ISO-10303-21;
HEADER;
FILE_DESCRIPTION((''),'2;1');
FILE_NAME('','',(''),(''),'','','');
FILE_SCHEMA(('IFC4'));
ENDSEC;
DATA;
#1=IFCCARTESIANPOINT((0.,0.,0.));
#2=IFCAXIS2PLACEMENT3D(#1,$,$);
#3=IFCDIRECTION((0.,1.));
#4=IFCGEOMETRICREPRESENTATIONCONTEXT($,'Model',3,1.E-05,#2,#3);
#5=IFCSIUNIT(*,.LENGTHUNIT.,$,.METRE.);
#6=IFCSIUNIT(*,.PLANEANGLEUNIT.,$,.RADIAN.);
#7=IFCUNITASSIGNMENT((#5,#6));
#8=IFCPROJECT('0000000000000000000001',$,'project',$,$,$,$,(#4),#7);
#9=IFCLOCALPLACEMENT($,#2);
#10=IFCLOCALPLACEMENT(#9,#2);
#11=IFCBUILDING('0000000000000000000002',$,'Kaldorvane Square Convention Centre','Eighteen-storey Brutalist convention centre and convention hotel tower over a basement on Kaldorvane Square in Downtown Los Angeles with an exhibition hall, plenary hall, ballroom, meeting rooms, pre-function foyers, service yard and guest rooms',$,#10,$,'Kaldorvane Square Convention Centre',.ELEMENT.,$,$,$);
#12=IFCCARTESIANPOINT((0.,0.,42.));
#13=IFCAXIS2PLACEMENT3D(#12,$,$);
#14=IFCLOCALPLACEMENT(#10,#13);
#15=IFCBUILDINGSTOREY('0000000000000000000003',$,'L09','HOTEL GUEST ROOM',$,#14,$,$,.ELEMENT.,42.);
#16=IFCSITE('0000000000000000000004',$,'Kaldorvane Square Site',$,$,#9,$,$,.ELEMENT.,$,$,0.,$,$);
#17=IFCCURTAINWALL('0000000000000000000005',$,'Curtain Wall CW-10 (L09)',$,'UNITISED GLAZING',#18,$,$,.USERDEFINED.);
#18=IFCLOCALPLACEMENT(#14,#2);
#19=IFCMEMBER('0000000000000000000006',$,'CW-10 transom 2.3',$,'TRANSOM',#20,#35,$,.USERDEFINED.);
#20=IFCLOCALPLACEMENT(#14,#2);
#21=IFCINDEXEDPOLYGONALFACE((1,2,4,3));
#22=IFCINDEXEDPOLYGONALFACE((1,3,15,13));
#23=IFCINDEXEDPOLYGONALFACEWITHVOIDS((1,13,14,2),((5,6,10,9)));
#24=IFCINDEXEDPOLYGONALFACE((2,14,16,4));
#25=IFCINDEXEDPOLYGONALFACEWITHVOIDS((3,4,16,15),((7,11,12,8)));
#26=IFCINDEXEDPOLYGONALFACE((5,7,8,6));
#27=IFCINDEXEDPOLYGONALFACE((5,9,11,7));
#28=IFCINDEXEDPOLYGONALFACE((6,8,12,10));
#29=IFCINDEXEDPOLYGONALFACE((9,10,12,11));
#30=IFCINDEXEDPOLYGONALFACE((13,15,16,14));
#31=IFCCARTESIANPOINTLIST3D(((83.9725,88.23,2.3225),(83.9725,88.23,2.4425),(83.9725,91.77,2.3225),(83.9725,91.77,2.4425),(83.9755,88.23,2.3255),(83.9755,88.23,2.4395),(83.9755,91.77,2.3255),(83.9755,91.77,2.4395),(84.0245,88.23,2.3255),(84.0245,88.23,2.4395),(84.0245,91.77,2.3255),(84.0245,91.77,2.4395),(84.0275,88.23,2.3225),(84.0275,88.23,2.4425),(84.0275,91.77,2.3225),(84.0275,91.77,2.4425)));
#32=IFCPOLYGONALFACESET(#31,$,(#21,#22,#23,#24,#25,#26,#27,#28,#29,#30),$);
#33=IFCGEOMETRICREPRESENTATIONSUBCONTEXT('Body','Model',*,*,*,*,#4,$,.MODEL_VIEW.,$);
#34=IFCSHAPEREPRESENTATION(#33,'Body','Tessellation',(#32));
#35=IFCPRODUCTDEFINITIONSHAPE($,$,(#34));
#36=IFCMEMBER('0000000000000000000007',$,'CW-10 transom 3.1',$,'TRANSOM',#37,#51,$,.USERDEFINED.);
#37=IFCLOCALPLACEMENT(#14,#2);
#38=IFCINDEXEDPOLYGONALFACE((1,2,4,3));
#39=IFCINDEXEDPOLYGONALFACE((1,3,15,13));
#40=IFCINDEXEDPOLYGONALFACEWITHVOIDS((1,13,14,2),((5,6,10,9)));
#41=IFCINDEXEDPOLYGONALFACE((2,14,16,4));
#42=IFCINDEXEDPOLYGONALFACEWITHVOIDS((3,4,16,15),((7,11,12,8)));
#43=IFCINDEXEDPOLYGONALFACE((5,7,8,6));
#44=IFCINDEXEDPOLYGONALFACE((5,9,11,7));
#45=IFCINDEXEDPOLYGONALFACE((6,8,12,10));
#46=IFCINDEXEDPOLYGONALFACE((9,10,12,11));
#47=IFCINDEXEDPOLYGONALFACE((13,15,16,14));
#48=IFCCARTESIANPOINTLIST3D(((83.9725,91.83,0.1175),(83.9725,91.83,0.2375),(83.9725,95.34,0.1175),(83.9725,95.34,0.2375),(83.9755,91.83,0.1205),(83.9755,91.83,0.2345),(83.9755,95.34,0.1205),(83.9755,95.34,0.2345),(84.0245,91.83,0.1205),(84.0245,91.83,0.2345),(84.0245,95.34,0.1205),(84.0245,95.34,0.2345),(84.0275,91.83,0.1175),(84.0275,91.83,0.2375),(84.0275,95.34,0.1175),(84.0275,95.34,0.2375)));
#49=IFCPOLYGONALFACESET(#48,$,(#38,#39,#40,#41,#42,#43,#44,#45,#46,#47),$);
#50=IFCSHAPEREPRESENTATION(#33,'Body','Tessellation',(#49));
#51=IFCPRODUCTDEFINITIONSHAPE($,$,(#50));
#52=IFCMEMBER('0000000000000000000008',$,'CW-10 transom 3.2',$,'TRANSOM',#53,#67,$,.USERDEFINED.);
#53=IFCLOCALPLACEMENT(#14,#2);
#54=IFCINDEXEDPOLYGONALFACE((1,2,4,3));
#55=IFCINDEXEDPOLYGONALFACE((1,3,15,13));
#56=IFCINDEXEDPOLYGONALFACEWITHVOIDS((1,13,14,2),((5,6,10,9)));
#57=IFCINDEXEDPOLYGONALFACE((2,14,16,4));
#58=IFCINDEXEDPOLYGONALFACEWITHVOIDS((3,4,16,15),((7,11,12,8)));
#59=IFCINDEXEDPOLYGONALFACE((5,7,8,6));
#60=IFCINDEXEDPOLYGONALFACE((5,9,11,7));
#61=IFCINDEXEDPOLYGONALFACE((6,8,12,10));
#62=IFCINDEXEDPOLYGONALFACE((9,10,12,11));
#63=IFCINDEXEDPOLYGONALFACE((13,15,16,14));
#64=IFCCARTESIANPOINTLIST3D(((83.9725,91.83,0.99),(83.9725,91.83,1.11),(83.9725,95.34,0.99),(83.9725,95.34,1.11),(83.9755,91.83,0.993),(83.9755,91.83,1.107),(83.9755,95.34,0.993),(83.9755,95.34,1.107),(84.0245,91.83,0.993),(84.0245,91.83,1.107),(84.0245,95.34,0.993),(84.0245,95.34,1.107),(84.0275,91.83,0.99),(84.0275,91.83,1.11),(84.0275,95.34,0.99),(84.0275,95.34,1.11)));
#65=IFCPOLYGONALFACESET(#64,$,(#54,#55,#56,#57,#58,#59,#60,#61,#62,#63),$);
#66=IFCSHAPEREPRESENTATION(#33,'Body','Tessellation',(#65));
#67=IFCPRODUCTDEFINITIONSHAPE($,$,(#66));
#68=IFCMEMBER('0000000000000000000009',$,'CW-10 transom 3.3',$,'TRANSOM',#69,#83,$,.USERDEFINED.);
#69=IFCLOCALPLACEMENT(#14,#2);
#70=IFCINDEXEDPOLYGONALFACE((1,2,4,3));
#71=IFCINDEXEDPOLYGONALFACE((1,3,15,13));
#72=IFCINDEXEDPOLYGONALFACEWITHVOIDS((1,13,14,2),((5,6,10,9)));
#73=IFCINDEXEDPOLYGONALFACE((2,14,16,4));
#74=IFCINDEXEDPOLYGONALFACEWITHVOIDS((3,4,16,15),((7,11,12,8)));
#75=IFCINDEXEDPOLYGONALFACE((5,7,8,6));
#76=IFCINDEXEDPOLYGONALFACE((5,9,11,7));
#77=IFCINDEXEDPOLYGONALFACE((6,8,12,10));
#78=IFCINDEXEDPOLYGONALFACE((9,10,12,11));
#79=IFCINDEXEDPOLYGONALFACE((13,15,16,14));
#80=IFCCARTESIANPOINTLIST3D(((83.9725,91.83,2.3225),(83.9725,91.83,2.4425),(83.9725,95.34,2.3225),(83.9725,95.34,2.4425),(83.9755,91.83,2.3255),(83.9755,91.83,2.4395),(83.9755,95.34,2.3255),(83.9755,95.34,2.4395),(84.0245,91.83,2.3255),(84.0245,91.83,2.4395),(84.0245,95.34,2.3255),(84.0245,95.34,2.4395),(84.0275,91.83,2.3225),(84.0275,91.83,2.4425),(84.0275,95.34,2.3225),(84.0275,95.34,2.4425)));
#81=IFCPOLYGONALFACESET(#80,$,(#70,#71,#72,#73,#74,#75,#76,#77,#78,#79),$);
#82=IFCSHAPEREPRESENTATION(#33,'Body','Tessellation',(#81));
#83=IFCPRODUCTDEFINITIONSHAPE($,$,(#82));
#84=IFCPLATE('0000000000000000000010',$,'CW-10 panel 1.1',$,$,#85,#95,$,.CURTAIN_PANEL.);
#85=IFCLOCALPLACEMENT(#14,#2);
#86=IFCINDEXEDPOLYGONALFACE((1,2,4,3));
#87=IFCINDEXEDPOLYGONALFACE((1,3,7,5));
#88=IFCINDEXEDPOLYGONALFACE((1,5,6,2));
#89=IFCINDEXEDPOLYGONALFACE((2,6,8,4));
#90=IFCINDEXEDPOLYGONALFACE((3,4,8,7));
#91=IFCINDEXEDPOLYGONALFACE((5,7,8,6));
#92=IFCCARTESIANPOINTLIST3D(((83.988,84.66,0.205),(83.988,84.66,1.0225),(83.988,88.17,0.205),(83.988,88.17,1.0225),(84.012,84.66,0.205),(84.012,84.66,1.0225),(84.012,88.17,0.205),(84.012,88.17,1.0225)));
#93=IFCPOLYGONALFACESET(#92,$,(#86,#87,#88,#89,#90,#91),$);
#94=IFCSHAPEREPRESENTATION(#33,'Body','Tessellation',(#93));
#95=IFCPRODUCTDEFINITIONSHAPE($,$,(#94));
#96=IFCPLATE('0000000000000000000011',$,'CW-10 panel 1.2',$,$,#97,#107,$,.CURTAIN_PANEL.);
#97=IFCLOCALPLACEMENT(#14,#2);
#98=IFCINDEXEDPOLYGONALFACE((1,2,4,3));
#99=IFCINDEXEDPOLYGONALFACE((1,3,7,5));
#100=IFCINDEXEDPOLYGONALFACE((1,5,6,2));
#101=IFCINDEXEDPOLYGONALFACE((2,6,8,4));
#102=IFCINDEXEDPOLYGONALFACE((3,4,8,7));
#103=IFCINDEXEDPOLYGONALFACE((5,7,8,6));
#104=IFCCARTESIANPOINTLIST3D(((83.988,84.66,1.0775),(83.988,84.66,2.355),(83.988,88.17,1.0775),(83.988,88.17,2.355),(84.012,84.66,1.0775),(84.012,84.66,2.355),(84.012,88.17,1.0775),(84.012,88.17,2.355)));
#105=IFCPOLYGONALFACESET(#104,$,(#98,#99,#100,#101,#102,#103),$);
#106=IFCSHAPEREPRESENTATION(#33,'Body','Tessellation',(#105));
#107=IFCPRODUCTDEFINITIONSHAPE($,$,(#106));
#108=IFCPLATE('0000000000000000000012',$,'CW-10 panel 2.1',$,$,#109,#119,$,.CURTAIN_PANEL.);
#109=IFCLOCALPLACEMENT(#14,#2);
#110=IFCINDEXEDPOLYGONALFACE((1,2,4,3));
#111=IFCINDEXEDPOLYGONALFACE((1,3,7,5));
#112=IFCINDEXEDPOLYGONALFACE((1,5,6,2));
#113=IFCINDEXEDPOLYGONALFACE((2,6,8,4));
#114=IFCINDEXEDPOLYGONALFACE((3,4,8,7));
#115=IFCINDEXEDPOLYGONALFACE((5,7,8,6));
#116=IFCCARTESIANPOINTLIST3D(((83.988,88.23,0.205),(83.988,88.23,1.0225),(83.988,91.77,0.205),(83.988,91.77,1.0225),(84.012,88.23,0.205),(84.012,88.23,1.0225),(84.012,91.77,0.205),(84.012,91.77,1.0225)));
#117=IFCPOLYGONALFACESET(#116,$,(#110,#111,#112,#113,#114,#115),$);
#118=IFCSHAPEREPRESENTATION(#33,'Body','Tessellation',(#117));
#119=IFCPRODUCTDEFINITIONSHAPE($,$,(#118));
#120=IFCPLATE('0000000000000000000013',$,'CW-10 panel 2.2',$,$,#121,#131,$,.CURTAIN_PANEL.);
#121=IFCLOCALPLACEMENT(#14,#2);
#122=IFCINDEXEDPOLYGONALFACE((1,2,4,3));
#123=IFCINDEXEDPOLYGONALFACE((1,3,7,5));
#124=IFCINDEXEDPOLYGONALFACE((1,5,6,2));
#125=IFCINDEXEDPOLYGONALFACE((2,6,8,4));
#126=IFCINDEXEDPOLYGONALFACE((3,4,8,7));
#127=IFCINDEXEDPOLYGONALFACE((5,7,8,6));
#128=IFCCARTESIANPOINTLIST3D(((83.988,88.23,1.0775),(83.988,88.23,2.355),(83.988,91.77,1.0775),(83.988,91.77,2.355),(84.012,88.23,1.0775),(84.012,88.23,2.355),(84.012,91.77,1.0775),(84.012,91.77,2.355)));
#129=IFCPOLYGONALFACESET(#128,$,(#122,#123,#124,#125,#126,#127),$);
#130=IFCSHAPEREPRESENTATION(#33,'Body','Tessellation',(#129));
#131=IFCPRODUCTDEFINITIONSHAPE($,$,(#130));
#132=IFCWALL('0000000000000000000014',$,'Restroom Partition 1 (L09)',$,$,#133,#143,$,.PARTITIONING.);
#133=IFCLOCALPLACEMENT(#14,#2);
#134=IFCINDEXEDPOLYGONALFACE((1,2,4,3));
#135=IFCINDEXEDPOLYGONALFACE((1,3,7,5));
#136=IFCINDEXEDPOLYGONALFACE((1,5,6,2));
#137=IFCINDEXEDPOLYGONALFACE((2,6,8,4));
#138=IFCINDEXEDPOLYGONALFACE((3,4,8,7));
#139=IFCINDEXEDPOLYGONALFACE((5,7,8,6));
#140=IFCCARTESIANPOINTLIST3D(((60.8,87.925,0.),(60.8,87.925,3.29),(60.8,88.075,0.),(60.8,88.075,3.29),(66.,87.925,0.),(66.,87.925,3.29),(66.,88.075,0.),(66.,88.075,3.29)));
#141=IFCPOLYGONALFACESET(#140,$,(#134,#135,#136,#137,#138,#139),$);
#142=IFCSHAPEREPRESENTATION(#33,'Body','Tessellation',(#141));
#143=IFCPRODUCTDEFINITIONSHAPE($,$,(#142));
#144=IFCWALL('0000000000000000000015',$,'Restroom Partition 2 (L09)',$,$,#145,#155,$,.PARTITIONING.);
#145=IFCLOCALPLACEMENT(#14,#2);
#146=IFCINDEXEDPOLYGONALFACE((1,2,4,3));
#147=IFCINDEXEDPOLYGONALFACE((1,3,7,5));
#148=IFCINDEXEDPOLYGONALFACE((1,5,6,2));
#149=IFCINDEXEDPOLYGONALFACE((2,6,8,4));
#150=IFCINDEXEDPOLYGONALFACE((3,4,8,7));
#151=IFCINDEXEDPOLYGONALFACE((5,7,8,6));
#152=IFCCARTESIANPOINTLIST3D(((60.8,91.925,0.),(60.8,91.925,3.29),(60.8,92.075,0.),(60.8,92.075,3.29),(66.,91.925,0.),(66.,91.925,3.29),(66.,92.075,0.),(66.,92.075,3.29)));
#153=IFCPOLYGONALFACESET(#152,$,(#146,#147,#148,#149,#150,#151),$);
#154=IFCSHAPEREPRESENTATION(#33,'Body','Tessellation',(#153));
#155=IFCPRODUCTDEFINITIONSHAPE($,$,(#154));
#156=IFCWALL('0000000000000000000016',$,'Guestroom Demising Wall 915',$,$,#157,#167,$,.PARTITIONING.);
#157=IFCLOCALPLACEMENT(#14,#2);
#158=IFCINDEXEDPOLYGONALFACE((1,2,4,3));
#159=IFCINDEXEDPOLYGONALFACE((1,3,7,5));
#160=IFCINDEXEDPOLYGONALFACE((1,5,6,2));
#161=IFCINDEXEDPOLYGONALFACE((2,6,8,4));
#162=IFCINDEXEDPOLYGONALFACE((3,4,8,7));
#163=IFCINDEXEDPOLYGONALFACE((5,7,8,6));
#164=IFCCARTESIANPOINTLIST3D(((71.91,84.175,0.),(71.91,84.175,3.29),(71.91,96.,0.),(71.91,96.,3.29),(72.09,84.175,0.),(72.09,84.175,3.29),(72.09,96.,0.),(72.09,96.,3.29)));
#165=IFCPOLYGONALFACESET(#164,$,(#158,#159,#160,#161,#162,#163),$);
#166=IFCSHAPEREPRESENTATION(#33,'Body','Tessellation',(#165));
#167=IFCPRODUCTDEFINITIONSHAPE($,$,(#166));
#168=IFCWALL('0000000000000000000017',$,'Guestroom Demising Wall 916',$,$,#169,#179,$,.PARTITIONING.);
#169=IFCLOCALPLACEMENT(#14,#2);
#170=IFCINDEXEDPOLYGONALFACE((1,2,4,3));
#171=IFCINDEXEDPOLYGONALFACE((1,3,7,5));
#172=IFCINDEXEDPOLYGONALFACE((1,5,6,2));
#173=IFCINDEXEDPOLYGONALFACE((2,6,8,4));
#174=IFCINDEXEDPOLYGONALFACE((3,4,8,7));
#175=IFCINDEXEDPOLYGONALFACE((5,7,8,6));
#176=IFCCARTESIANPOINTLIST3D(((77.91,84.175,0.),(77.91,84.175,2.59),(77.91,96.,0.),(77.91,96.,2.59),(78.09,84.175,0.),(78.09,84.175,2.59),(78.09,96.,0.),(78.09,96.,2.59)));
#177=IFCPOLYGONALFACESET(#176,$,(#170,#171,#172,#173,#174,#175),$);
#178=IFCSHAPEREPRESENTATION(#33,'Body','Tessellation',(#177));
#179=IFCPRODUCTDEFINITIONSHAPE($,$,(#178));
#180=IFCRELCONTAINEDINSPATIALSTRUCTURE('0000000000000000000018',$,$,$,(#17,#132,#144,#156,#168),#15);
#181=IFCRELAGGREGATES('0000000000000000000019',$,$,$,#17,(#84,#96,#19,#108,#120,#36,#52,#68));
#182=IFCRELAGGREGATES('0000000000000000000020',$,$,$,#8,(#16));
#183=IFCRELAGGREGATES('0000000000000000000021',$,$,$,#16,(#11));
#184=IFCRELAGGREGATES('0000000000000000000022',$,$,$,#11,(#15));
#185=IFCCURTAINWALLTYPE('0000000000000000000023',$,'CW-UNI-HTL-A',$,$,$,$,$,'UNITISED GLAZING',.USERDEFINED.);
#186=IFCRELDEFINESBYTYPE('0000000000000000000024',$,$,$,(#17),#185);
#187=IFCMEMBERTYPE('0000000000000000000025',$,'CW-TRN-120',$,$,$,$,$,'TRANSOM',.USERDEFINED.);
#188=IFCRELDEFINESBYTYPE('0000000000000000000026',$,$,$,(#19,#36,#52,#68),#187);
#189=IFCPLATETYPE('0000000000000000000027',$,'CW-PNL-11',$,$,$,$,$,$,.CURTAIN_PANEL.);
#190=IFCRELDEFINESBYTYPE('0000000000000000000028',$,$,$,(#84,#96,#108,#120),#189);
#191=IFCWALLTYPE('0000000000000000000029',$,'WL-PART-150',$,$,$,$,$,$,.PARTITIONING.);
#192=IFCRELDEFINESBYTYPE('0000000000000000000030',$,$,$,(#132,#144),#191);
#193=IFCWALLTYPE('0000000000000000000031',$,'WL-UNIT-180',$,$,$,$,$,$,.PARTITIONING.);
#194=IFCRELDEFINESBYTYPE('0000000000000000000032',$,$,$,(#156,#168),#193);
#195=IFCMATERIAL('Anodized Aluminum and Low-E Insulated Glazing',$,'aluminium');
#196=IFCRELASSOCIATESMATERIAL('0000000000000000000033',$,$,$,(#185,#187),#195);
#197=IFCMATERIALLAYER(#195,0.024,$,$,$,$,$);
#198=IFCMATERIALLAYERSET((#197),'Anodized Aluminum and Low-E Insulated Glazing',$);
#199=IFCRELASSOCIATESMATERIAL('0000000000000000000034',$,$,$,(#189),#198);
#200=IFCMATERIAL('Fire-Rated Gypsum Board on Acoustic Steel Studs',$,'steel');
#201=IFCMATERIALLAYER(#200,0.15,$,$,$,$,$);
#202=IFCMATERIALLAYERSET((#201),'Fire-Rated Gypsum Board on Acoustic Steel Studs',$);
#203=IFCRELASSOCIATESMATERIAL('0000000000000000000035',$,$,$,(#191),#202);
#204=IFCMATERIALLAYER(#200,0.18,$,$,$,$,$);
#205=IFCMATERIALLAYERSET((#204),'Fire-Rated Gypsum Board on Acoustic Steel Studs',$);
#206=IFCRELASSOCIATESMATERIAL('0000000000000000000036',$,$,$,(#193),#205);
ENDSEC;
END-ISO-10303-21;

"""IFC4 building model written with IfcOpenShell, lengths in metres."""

from ifc_helpers import new_model, si_unit, direction, frame, frame_2d, origin, origin_2d, place, context, subcontext, project, spatial, rectangle, hollow_rectangle, extrude, material, layer, layer_set, material_profile, profile_set, type_object, element, aggregate, save


model = new_model("IFC4")

# Units and contexts
model_context = context("Model", 3, precision=1e-05, world=origin(), true_north=direction((0.0, 1.0)))
body_context = subcontext(model_context, "Body", "Model", "MODEL_VIEW")
ifc_project = project(units=[si_unit("LENGTHUNIT", "METRE"), si_unit("PLANEANGLEUNIT", "RADIAN")], contexts=[model_context])

# Site, building, storey
site_placement = place(None, origin())
site = spatial("IfcSite", under=ifc_project, at=site_placement, Name="Kaldorvane Square Site", CompositionType="ELEMENT", RefElevation=0.0)
building_placement = place(site_placement, origin())
building = spatial("IfcBuilding", under=site, at=building_placement, Name="Kaldorvane Square Convention Centre", Description="Eighteen-storey Brutalist convention centre and convention hotel tower over a basement on Kaldorvane Square in Downtown Los Angeles with an exhibition hall, plenary hall, ballroom, meeting rooms, pre-function foyers, service yard and guest rooms", LongName="Kaldorvane Square Convention Centre", CompositionType="ELEMENT")
storey_placement = place(building_placement, frame((0.0, 0.0, 42.0)))
storey = spatial("IfcBuildingStorey", under=building, at=storey_placement, Name="L09", Description="HOTEL GUEST ROOM", CompositionType="ELEMENT", Elevation=42.0)

# Curtain wall, members, plates
ifc_material_1 = material(Name="Anodized Aluminum and Low-E Insulated Glazing", Category="aluminium")
curtain_wall_type = type_object("IfcCurtainWallType", Name="CW-UNI-HTL-A", ElementType="UNITISED GLAZING", PredefinedType="USERDEFINED", material=ifc_material_1)
curtain_wall_placement = place(storey_placement, origin())
curtain_wall = element("IfcCurtainWall", 1, at=curtain_wall_placement, inside=storey, type_object=curtain_wall_type, Name="Curtain Wall CW-10 (L09)", ObjectType="UNITISED GLAZING", PredefinedType="USERDEFINED")
ifc_material_profile_1 = material_profile(ifc_material_1, hollow_rectangle(XDim=0.055, YDim=0.12, WallThickness=0.003, at=origin_2d()), Name="CWT-120X55")
ifc_profile_set_1 = profile_set([ifc_material_profile_1], Name="Anodized Aluminum and Low-E Insulated Glazing")
member_type_1 = type_object("IfcMemberType", Name="CW-TRN-120", ElementType="TRANSOM", PredefinedType="USERDEFINED", material=ifc_profile_set_1)
member_1_placement = place(storey_placement, frame((84.0, 88.23, 2.3825), z_axis=(0.0, 1.0, 0.0), x_axis=(-1.0, 0.0, 0.0)))
member_1 = element("IfcMember", 2, at=member_1_placement, type_object=member_type_1, Name="CW-10 transom 2.3", ObjectType="TRANSOM", PredefinedType="USERDEFINED", context=body_context, shape_type="SweptSolid", body=[
    extrude(hollow_rectangle(XDim=0.055, YDim=0.12, WallThickness=0.003, at=origin_2d()), origin(), (0.0, 0.0, 1.0), 3.54),
])
member_2_placement = place(storey_placement, frame((84.0, 91.83, 0.1775), z_axis=(0.0, 1.0, 0.0), x_axis=(-1.0, 0.0, 0.0)))
member_2 = element("IfcMember", 3, at=member_2_placement, type_object=member_type_1, Name="CW-10 transom 3.1", ObjectType="TRANSOM", PredefinedType="USERDEFINED", context=body_context, shape_type="SweptSolid", body=[
    extrude(hollow_rectangle(XDim=0.055, YDim=0.12, WallThickness=0.003, at=origin_2d()), origin(), (0.0, 0.0, 1.0), 3.51),
])
member_3_placement = place(storey_placement, frame((84.0, 91.83, 1.05), z_axis=(0.0, 1.0, 0.0), x_axis=(-1.0, 0.0, 0.0)))
member_3 = element("IfcMember", 4, at=member_3_placement, type_object=member_type_1, Name="CW-10 transom 3.2", ObjectType="TRANSOM", PredefinedType="USERDEFINED", context=body_context, shape_type="SweptSolid", body=[
    extrude(hollow_rectangle(XDim=0.055, YDim=0.12, WallThickness=0.003, at=origin_2d()), origin(), (0.0, 0.0, 1.0), 3.51),
])
member_4_placement = place(storey_placement, frame((84.0, 91.83, 2.3825), z_axis=(0.0, 1.0, 0.0), x_axis=(-1.0, 0.0, 0.0)))
member_4 = element("IfcMember", 5, at=member_4_placement, type_object=member_type_1, Name="CW-10 transom 3.3", ObjectType="TRANSOM", PredefinedType="USERDEFINED", context=body_context, shape_type="SweptSolid", body=[
    extrude(hollow_rectangle(XDim=0.055, YDim=0.12, WallThickness=0.003, at=origin_2d()), origin(), (0.0, 0.0, 1.0), 3.51),
])
ifc_layer_1 = layer(ifc_material_1, 0.024)
ifc_layer_set_1 = layer_set([ifc_layer_1], Name="Anodized Aluminum and Low-E Insulated Glazing")
plate_type = type_object("IfcPlateType", Name="CW-PNL-11", PredefinedType="CURTAIN_PANEL", material=ifc_layer_set_1)
plate_1_placement = place(storey_placement, frame((84.0, 86.415, 0.205), z_axis=(0.0, 0.0, 1.0), x_axis=(0.0, 1.0, 0.0)))
plate_1 = element("IfcPlate", 6, at=plate_1_placement, type_object=plate_type, Name="CW-10 panel 1.1", PredefinedType="CURTAIN_PANEL", context=body_context, shape_type="SweptSolid", body=[
    extrude(rectangle(XDim=3.51, YDim=0.024, at=origin_2d()), origin(), (0.0, 0.0, 1.0), 0.8175),
])
plate_2_placement = place(storey_placement, frame((84.0, 86.415, 1.0775), z_axis=(0.0, 0.0, 1.0), x_axis=(0.0, 1.0, 0.0)))
plate_2 = element("IfcPlate", 7, at=plate_2_placement, type_object=plate_type, Name="CW-10 panel 1.2", PredefinedType="CURTAIN_PANEL", context=body_context, shape_type="SweptSolid", body=[
    extrude(rectangle(XDim=3.51, YDim=0.024, at=origin_2d()), origin(), (0.0, 0.0, 1.0), 1.2775),
])
plate_3_placement = place(storey_placement, frame((84.0, 90.0, 0.205), z_axis=(0.0, 0.0, 1.0), x_axis=(0.0, 1.0, 0.0)))
plate_3 = element("IfcPlate", 8, at=plate_3_placement, type_object=plate_type, Name="CW-10 panel 2.1", PredefinedType="CURTAIN_PANEL", context=body_context, shape_type="SweptSolid", body=[
    extrude(rectangle(XDim=3.54, YDim=0.024, at=origin_2d()), origin(), (0.0, 0.0, 1.0), 0.8175),
])
plate_4_placement = place(storey_placement, frame((84.0, 90.0, 1.0775), z_axis=(0.0, 0.0, 1.0), x_axis=(0.0, 1.0, 0.0)))
plate_4 = element("IfcPlate", 9, at=plate_4_placement, type_object=plate_type, Name="CW-10 panel 2.2", PredefinedType="CURTAIN_PANEL", context=body_context, shape_type="SweptSolid", body=[
    extrude(rectangle(XDim=3.54, YDim=0.024, at=origin_2d()), origin(), (0.0, 0.0, 1.0), 1.2775),
])
aggregate(curtain_wall, [plate_1, plate_2, member_1, plate_3, plate_4, member_2, member_3, member_4])

# Walls
ifc_material_2 = material(Name="Fire-Rated Gypsum Board on Acoustic Steel Studs", Category="steel")
ifc_layer_2 = layer(ifc_material_2, 0.15)
ifc_layer_set_2 = layer_set([ifc_layer_2], Name="Fire-Rated Gypsum Board on Acoustic Steel Studs")
wall_type_1 = type_object("IfcWallType", Name="WL-PART-150", PredefinedType="PARTITIONING", material=ifc_layer_set_2)
for number, where, z_axis, x_axis, name in (
    (10, (60.8, 88.0, 0.0), (0.0, 0.0, 1.0), (1.0, 0.0, 0.0), "Restroom Partition 1 (L09)"),
    (11, (60.8, 92.0, 0.0), (0.0, 0.0, 1.0), (1.0, 0.0, 0.0), "Restroom Partition 2 (L09)"),
):
    element("IfcWall", number, at=place(storey_placement, frame(where, z_axis=z_axis, x_axis=x_axis)), inside=storey, type_object=wall_type_1, Name=name, PredefinedType="PARTITIONING", context=body_context, shape_type="SweptSolid", body=[
        extrude(rectangle(XDim=5.2, YDim=0.15, at=frame_2d((2.6, 0.0))), origin(), (0.0, 0.0, 1.0), 3.29),
    ])
ifc_layer_3 = layer(ifc_material_2, 0.18)
ifc_layer_set_3 = layer_set([ifc_layer_3], Name="Fire-Rated Gypsum Board on Acoustic Steel Studs")
wall_type_2 = type_object("IfcWallType", Name="WL-UNIT-180", PredefinedType="PARTITIONING", material=ifc_layer_set_3)
wall_1_placement = place(storey_placement, frame((72.0, 84.175, 0.0), z_axis=(0.0, 0.0, 1.0), x_axis=(0.0, 1.0, 0.0)))
element("IfcWall", 12, at=wall_1_placement, inside=storey, type_object=wall_type_2, Name="Guestroom Demising Wall 915", PredefinedType="PARTITIONING", context=body_context, shape_type="SweptSolid", body=[
    extrude(rectangle(XDim=11.825, YDim=0.18, at=frame_2d((5.9125, 0.0))), origin(), (0.0, 0.0, 1.0), 3.29),
])
wall_2_placement = place(storey_placement, frame((78.0, 84.175, 0.0), z_axis=(0.0, 0.0, 1.0), x_axis=(0.0, 1.0, 0.0)))
element("IfcWall", 13, at=wall_2_placement, inside=storey, type_object=wall_type_2, Name="Guestroom Demising Wall 916", PredefinedType="PARTITIONING", context=body_context, shape_type="SweptSolid", body=[
    extrude(rectangle(XDim=11.825, YDim=0.18, at=frame_2d((5.9125, 0.0))), origin(), (0.0, 0.0, 1.0), 2.59),
])

save(model, "model.ifc")
